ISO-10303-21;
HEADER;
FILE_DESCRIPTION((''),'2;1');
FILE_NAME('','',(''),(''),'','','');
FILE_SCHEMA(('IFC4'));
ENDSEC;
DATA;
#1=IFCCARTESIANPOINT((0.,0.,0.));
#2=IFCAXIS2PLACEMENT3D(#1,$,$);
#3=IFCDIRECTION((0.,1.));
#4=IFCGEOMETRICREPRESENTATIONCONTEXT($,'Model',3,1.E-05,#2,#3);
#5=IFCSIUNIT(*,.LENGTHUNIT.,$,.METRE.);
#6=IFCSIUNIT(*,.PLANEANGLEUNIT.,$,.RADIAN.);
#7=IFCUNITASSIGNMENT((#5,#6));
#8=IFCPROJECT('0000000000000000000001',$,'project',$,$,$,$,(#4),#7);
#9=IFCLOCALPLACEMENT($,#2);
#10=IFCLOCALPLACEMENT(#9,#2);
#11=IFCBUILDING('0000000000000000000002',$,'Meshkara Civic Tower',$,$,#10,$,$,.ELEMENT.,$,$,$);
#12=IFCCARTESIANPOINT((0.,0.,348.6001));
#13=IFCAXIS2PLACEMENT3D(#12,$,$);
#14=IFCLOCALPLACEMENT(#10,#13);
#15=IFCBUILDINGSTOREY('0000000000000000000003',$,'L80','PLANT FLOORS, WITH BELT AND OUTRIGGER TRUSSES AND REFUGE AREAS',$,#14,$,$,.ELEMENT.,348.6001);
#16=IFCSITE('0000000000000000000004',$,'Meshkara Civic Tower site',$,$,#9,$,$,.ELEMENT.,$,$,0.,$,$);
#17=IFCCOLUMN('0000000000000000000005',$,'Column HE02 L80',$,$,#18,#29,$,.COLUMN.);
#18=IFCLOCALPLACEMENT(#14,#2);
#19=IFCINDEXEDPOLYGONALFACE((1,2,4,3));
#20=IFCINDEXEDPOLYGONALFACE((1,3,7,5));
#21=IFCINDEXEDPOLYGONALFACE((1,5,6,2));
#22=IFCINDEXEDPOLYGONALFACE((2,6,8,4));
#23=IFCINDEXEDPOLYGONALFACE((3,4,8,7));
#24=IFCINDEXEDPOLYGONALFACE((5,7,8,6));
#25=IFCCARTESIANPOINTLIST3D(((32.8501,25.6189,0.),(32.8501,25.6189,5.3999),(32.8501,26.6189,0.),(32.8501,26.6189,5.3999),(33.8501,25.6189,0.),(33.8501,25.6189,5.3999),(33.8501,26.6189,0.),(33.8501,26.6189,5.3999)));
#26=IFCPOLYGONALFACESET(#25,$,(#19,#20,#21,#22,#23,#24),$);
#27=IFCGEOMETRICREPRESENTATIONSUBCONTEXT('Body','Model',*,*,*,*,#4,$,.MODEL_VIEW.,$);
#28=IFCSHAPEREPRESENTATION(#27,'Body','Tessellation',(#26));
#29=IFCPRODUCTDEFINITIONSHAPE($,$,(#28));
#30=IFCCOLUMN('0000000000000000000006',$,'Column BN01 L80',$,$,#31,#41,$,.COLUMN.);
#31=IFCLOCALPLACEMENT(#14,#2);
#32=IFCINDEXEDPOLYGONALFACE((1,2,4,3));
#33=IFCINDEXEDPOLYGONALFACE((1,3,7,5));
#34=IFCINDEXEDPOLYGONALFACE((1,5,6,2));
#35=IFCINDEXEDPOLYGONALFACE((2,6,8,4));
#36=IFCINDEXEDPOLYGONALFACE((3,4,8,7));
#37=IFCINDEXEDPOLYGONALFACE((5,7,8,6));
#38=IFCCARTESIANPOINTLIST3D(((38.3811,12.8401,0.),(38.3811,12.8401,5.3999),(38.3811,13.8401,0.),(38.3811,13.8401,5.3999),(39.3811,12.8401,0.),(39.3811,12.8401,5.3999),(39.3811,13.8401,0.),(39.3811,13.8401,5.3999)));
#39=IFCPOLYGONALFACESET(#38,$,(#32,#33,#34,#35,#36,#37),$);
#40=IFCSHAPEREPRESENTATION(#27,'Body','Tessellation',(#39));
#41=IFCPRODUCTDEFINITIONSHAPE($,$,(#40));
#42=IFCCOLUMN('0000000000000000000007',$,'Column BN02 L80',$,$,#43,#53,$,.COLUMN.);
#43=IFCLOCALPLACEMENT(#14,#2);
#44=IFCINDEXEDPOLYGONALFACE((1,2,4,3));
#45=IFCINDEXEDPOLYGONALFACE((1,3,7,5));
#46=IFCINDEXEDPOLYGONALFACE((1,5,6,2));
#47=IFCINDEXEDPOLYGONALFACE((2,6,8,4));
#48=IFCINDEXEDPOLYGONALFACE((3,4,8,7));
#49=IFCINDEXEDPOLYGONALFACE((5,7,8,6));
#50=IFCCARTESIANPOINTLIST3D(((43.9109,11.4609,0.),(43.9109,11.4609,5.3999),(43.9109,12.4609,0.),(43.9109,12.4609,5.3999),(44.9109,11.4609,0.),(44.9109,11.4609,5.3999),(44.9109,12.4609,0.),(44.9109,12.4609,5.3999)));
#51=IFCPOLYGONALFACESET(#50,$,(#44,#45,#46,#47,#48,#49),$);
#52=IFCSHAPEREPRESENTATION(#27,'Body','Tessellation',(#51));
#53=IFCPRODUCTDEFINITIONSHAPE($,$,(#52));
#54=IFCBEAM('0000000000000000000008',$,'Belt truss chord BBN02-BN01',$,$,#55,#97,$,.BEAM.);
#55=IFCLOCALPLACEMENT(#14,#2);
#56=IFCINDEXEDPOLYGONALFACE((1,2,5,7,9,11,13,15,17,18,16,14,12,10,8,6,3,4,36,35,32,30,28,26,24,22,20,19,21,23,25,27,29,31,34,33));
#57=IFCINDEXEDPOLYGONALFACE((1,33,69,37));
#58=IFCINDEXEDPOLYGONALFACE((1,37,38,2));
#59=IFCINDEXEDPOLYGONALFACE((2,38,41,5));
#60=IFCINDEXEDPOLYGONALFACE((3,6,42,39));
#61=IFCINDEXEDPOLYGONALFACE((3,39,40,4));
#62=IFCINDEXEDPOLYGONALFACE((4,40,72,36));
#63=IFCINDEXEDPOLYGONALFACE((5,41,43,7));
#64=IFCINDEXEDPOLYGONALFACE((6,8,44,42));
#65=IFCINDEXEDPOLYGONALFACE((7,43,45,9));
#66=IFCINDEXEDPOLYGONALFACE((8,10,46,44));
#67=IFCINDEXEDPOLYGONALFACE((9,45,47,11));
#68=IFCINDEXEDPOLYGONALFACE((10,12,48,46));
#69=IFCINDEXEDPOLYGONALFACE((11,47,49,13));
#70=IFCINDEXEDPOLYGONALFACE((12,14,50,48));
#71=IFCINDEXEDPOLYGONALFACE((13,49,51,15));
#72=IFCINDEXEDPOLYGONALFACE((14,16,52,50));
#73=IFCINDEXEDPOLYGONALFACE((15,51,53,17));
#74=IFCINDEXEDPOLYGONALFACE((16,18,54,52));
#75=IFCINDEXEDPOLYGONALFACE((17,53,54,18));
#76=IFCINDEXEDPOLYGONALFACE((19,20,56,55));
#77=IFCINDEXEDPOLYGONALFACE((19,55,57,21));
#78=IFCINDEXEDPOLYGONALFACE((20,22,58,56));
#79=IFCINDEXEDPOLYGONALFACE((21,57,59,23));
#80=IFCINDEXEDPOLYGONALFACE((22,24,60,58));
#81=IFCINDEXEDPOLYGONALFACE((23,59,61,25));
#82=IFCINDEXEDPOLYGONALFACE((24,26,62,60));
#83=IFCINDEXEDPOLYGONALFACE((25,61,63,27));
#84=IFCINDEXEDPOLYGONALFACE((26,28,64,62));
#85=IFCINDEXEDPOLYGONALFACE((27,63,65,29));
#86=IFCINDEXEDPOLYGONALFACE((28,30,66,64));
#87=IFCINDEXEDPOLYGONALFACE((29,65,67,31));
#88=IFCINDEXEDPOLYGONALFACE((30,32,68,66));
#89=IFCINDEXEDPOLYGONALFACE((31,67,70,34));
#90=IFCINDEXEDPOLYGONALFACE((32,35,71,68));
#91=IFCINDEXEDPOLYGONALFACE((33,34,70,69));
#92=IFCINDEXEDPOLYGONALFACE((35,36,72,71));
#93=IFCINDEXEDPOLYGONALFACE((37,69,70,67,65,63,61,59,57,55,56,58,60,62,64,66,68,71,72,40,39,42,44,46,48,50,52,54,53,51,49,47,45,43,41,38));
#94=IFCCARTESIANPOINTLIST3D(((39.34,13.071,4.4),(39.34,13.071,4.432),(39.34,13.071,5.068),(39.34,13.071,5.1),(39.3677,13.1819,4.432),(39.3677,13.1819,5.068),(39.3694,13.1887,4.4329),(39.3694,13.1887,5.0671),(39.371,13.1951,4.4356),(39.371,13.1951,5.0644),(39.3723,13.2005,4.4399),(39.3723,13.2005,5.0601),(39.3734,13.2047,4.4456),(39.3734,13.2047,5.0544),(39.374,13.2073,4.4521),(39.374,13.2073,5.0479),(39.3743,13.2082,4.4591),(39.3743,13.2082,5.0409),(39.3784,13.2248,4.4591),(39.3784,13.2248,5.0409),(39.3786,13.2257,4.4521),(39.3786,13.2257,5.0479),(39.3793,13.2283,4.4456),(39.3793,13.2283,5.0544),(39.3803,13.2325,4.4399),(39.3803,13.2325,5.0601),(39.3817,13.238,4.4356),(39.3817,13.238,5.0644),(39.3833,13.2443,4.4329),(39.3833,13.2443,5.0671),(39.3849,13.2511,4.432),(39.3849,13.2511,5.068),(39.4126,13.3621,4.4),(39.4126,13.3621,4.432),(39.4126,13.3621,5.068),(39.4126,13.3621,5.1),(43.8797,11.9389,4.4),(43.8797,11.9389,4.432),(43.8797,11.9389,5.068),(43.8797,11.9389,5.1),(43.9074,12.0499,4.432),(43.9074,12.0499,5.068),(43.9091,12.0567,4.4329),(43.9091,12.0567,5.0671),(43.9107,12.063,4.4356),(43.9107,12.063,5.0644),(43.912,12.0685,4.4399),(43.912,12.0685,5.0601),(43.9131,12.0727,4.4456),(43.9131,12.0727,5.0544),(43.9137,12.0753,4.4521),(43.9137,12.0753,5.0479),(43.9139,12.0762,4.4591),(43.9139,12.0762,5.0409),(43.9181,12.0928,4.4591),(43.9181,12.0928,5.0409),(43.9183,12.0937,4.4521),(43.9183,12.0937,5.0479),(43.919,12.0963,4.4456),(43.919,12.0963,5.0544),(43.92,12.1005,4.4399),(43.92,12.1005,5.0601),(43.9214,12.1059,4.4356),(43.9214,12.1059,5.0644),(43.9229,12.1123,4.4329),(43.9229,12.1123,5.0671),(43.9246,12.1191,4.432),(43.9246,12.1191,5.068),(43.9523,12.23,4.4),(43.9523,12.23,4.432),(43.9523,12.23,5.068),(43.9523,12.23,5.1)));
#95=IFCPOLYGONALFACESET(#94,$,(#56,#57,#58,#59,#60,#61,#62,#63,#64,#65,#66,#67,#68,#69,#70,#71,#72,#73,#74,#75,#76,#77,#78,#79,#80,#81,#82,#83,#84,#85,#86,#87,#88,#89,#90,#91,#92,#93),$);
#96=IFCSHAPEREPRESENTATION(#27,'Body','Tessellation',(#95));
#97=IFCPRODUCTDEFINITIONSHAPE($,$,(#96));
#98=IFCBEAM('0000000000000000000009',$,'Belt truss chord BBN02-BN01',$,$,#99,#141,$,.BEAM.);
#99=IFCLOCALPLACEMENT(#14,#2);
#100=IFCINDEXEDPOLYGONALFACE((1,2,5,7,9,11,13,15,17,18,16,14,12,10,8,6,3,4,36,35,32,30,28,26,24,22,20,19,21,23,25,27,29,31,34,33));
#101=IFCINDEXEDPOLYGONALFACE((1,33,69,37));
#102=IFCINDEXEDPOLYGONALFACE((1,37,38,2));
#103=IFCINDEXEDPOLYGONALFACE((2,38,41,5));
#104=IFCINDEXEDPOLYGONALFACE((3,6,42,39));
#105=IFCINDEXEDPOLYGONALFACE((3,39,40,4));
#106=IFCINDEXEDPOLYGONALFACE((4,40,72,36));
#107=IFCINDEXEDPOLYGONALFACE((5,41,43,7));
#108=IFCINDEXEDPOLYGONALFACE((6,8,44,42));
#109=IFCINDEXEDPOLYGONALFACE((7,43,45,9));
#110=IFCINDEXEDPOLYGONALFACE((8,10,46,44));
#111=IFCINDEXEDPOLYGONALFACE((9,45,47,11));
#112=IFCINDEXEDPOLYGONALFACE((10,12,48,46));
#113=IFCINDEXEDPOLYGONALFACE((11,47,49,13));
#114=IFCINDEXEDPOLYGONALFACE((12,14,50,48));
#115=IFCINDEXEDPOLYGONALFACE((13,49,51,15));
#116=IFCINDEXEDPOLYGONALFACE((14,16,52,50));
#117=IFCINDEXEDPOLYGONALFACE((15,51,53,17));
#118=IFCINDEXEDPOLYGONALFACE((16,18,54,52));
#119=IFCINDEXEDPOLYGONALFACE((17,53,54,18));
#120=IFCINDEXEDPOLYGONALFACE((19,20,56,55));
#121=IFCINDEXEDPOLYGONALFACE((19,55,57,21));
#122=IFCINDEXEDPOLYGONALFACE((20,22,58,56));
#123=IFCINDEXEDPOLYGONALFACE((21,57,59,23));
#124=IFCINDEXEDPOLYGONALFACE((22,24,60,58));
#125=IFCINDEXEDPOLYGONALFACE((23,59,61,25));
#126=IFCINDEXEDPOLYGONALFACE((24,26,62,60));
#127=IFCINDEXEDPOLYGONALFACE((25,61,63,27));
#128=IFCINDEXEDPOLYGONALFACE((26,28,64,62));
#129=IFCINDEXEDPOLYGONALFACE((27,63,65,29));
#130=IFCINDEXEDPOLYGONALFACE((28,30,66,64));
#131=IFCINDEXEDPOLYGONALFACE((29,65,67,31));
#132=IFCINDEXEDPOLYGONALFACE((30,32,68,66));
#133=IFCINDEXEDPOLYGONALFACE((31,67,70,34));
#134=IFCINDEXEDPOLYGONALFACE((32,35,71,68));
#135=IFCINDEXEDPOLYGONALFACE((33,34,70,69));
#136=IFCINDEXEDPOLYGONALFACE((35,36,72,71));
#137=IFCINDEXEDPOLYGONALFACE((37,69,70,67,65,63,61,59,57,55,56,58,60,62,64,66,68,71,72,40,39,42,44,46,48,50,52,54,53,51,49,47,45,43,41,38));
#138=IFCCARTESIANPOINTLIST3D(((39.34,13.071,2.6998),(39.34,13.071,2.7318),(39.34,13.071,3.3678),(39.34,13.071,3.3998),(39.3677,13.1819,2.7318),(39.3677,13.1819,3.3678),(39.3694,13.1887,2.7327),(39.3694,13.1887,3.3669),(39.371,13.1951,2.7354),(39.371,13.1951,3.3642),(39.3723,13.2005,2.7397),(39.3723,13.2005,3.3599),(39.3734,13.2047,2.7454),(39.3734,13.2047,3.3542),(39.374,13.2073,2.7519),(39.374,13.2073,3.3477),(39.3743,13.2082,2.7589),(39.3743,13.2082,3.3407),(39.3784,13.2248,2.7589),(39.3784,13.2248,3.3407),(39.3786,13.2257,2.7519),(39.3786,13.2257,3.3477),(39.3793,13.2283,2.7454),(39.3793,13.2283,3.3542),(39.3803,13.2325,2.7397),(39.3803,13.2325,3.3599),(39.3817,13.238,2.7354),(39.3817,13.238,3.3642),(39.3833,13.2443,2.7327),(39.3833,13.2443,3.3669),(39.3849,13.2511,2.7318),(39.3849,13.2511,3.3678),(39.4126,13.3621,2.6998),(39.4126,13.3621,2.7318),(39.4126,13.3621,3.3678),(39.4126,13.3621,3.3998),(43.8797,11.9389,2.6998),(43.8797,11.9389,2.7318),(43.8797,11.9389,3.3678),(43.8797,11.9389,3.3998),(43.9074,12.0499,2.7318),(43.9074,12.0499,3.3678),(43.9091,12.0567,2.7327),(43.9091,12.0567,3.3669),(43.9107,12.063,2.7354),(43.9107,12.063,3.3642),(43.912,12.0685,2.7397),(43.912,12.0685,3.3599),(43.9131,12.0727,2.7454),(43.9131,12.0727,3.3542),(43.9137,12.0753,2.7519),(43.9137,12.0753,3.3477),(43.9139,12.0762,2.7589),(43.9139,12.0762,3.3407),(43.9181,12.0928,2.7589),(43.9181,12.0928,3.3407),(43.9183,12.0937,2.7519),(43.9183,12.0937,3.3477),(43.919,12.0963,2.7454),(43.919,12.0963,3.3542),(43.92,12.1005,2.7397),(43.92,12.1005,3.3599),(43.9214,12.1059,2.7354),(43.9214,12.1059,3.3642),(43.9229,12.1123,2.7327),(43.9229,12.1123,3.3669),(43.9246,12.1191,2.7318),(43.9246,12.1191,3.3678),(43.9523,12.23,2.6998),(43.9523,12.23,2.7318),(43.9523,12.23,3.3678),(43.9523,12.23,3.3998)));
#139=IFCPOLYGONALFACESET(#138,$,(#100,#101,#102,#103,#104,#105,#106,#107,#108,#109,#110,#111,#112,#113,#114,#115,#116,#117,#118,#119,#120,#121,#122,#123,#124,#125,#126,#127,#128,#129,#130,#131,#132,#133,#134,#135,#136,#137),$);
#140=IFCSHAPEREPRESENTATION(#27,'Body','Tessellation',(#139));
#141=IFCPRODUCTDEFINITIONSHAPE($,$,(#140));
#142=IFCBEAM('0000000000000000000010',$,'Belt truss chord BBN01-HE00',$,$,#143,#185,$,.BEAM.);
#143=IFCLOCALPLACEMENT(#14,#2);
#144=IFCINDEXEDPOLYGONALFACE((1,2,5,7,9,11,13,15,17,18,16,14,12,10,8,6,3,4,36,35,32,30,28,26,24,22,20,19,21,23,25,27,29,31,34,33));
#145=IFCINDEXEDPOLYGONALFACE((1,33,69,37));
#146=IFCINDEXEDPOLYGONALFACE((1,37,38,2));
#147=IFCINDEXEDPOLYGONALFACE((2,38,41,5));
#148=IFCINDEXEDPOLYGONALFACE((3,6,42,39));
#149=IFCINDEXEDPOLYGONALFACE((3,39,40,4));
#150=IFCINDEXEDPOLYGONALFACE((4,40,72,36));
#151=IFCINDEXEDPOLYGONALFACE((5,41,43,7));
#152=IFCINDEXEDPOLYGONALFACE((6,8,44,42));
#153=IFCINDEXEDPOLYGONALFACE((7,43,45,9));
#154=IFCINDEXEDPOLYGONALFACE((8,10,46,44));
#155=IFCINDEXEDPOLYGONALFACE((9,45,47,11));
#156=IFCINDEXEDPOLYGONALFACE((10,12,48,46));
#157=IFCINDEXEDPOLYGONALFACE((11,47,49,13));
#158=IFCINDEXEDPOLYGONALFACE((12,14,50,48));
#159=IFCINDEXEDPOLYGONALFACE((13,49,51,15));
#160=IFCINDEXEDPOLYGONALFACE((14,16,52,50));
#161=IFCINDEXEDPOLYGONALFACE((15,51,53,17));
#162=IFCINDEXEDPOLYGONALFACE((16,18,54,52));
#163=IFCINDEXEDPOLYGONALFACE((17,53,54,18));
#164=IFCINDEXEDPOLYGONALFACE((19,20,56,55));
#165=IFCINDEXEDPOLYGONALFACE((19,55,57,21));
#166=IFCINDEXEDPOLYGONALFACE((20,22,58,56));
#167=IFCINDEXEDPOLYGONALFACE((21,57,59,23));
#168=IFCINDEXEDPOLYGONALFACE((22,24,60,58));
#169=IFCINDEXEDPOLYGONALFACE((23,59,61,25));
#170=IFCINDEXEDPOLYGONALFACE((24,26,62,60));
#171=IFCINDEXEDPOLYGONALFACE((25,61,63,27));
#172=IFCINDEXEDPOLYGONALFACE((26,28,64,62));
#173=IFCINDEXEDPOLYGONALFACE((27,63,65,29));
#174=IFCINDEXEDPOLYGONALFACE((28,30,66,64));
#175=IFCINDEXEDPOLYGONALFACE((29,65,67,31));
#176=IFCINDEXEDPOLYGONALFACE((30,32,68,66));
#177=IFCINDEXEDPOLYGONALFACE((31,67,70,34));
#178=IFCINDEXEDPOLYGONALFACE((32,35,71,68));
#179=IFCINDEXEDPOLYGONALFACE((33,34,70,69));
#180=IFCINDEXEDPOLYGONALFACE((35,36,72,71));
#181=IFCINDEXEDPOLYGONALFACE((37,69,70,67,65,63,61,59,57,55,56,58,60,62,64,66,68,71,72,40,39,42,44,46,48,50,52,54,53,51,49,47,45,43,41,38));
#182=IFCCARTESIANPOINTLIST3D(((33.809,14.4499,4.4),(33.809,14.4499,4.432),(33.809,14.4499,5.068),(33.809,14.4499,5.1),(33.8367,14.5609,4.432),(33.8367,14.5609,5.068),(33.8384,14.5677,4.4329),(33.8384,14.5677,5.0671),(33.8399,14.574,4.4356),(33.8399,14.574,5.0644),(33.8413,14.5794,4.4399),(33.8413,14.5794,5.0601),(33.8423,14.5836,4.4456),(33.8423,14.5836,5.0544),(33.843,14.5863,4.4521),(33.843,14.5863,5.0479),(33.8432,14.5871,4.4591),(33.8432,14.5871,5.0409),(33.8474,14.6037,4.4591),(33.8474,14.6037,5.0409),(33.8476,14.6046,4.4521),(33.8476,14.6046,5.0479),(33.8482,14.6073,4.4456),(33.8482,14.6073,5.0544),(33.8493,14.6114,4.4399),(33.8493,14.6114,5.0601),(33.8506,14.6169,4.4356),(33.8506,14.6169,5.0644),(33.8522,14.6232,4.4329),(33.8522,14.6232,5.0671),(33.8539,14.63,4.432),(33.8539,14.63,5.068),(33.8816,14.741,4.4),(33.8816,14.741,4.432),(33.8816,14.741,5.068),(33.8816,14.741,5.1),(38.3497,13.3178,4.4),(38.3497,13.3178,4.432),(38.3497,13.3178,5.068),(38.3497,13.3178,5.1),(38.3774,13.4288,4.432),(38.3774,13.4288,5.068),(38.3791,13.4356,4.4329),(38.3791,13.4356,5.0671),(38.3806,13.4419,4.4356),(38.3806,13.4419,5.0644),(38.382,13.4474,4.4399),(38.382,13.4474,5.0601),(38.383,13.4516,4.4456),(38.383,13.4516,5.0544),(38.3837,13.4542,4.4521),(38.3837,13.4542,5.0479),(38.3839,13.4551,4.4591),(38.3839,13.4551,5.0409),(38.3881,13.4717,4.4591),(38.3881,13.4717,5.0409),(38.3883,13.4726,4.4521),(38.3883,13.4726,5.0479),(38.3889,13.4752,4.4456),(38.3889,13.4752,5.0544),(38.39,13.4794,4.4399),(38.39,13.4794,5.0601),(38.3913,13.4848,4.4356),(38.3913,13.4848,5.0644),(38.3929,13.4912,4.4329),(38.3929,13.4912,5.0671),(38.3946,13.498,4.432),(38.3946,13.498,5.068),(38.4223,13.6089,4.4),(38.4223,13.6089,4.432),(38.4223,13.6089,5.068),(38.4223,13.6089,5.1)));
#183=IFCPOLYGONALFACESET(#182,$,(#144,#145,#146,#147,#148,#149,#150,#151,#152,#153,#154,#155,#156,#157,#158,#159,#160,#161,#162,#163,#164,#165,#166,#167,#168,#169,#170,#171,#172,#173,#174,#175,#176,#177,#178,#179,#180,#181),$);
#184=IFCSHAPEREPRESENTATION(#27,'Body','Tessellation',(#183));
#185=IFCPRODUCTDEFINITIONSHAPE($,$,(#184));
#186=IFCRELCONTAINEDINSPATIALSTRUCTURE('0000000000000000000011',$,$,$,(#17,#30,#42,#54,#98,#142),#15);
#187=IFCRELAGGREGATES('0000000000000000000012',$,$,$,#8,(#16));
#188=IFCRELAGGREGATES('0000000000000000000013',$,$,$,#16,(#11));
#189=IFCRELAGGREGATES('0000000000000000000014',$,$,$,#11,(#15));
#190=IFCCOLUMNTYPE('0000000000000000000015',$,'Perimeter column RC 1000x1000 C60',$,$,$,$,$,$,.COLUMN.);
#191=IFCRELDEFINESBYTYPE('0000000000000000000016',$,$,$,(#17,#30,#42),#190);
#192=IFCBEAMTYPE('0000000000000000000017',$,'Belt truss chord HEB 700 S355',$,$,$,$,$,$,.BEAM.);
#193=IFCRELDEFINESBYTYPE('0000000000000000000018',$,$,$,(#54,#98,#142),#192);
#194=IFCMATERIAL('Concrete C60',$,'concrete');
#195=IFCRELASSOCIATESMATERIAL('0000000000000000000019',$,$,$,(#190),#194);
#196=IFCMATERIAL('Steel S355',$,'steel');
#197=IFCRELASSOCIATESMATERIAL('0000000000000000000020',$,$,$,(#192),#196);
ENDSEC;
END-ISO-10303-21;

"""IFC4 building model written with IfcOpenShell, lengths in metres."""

from ifc_helpers import new_model, si_unit, direction, frame, origin, origin_2d, place, context, subcontext, project, spatial, rectangle, i_section, extrude, material, material_profile, profile_set, type_object, element, save


model = new_model("IFC4")

# Units and contexts
model_context = context("Model", 3, precision=1e-05, world=origin(), true_north=direction((0.0, 1.0)))
body_context = subcontext(model_context, "Body", "Model", "MODEL_VIEW")
ifc_project = project(units=[si_unit("LENGTHUNIT", "METRE"), si_unit("PLANEANGLEUNIT", "RADIAN")], contexts=[model_context])

# Site, building, storey
site_placement = place(None, origin())
site = spatial("IfcSite", under=ifc_project, at=site_placement, Name="Meshkara Civic Tower site", CompositionType="ELEMENT", RefElevation=0.0)
building_placement = place(site_placement, origin())
building = spatial("IfcBuilding", under=site, at=building_placement, Name="Meshkara Civic Tower", CompositionType="ELEMENT")
storey_placement = place(building_placement, frame((0.0, 0.0, 348.6001)))
storey = spatial("IfcBuildingStorey", under=building, at=storey_placement, Name="L80", Description="PLANT FLOORS, WITH BELT AND OUTRIGGER TRUSSES AND REFUGE AREAS", CompositionType="ELEMENT", Elevation=348.6001)

# Columns
ifc_material_1 = material(Name="Concrete C60", Category="concrete")
ifc_material_profile_1 = material_profile(ifc_material_1, rectangle(XDim=1.0, YDim=1.0, at=origin_2d()))
ifc_profile_set_1 = profile_set([ifc_material_profile_1], Name="Concrete C60")
column_type = type_object("IfcColumnType", Name="Perimeter column RC 1000x1000 C60", PredefinedType="COLUMN", material=ifc_profile_set_1)
for number, where, z_axis, x_axis, name in (
    (1, (33.3501, 26.1189, 0.0), (0.0, 0.0, 1.0), (1.0, 0.0, 0.0), "Column HE02 L80"),
    (2, (38.8811, 13.3401, 0.0), (0.0, 0.0, 1.0), (1.0, 0.0, 0.0), "Column BN01 L80"),
    (3, (44.4109, 11.9609, 0.0), (0.0, 0.0, 1.0), (1.0, 0.0, 0.0), "Column BN02 L80"),
):
    element("IfcColumn", number, at=place(storey_placement, frame(where, z_axis=z_axis, x_axis=x_axis)), inside=storey, type_object=column_type, Name=name, PredefinedType="COLUMN", context=body_context, shape_type="SweptSolid", body=[
        extrude(rectangle(XDim=1.0, YDim=1.0, at=origin_2d()), origin(), (0.0, 0.0, 1.0), 5.3999),
    ])

# Beams
ifc_material_2 = material(Name="Steel S355", Category="steel")
ifc_material_profile_2 = material_profile(ifc_material_2, i_section(OverallWidth=0.3, OverallDepth=0.7, WebThickness=0.0171, FlangeThickness=0.032, FilletRadius=0.0271, at=origin_2d()))
ifc_profile_set_2 = profile_set([ifc_material_profile_2], Name="Steel S355")
beam_type = type_object("IfcBeamType", Name="Belt truss chord HEB 700 S355", PredefinedType="BEAM", material=ifc_profile_set_2)
for number, where, z_axis, x_axis, name in (
    (4, (43.916, 12.0845, 4.75), (-0.970287, 0.241959, 0.0), (-0.241959, -0.970287, 0.0), "Belt truss chord BBN02-BN01"),
    (5, (43.916, 12.0845, 3.0498), (-0.970287, 0.241959, 0.0), (-0.241959, -0.970287, 0.0), "Belt truss chord BBN02-BN01"),
):
    element("IfcBeam", number, at=place(storey_placement, frame(where, z_axis=z_axis, x_axis=x_axis)), inside=storey, type_object=beam_type, Name=name, PredefinedType="BEAM", context=body_context, shape_type="SweptSolid", body=[
        extrude(i_section(OverallWidth=0.3, OverallDepth=0.7, WebThickness=0.0171, FlangeThickness=0.032, FilletRadius=0.0271, at=origin_2d()), origin(), (0.0, 0.0, 1.0), 4.6787),
    ])
for number, where, z_axis, x_axis, name in (
    (6, (38.386, 13.4634, 4.75), (-0.970299, 0.24191, 0.0), (-0.24191, -0.970299, 0.0), "Belt truss chord BBN01-HE00"),
):
    element("IfcBeam", number, at=place(storey_placement, frame(where, z_axis=z_axis, x_axis=x_axis)), inside=storey, type_object=beam_type, Name=name, PredefinedType="BEAM", context=body_context, shape_type="SweptSolid", body=[
        extrude(i_section(OverallWidth=0.3, OverallDepth=0.7, WebThickness=0.0171, FlangeThickness=0.032, FilletRadius=0.0271, at=origin_2d()), origin(), (0.0, 0.0, 1.0), 4.6797),
    ])

save(model, "model.ifc")
